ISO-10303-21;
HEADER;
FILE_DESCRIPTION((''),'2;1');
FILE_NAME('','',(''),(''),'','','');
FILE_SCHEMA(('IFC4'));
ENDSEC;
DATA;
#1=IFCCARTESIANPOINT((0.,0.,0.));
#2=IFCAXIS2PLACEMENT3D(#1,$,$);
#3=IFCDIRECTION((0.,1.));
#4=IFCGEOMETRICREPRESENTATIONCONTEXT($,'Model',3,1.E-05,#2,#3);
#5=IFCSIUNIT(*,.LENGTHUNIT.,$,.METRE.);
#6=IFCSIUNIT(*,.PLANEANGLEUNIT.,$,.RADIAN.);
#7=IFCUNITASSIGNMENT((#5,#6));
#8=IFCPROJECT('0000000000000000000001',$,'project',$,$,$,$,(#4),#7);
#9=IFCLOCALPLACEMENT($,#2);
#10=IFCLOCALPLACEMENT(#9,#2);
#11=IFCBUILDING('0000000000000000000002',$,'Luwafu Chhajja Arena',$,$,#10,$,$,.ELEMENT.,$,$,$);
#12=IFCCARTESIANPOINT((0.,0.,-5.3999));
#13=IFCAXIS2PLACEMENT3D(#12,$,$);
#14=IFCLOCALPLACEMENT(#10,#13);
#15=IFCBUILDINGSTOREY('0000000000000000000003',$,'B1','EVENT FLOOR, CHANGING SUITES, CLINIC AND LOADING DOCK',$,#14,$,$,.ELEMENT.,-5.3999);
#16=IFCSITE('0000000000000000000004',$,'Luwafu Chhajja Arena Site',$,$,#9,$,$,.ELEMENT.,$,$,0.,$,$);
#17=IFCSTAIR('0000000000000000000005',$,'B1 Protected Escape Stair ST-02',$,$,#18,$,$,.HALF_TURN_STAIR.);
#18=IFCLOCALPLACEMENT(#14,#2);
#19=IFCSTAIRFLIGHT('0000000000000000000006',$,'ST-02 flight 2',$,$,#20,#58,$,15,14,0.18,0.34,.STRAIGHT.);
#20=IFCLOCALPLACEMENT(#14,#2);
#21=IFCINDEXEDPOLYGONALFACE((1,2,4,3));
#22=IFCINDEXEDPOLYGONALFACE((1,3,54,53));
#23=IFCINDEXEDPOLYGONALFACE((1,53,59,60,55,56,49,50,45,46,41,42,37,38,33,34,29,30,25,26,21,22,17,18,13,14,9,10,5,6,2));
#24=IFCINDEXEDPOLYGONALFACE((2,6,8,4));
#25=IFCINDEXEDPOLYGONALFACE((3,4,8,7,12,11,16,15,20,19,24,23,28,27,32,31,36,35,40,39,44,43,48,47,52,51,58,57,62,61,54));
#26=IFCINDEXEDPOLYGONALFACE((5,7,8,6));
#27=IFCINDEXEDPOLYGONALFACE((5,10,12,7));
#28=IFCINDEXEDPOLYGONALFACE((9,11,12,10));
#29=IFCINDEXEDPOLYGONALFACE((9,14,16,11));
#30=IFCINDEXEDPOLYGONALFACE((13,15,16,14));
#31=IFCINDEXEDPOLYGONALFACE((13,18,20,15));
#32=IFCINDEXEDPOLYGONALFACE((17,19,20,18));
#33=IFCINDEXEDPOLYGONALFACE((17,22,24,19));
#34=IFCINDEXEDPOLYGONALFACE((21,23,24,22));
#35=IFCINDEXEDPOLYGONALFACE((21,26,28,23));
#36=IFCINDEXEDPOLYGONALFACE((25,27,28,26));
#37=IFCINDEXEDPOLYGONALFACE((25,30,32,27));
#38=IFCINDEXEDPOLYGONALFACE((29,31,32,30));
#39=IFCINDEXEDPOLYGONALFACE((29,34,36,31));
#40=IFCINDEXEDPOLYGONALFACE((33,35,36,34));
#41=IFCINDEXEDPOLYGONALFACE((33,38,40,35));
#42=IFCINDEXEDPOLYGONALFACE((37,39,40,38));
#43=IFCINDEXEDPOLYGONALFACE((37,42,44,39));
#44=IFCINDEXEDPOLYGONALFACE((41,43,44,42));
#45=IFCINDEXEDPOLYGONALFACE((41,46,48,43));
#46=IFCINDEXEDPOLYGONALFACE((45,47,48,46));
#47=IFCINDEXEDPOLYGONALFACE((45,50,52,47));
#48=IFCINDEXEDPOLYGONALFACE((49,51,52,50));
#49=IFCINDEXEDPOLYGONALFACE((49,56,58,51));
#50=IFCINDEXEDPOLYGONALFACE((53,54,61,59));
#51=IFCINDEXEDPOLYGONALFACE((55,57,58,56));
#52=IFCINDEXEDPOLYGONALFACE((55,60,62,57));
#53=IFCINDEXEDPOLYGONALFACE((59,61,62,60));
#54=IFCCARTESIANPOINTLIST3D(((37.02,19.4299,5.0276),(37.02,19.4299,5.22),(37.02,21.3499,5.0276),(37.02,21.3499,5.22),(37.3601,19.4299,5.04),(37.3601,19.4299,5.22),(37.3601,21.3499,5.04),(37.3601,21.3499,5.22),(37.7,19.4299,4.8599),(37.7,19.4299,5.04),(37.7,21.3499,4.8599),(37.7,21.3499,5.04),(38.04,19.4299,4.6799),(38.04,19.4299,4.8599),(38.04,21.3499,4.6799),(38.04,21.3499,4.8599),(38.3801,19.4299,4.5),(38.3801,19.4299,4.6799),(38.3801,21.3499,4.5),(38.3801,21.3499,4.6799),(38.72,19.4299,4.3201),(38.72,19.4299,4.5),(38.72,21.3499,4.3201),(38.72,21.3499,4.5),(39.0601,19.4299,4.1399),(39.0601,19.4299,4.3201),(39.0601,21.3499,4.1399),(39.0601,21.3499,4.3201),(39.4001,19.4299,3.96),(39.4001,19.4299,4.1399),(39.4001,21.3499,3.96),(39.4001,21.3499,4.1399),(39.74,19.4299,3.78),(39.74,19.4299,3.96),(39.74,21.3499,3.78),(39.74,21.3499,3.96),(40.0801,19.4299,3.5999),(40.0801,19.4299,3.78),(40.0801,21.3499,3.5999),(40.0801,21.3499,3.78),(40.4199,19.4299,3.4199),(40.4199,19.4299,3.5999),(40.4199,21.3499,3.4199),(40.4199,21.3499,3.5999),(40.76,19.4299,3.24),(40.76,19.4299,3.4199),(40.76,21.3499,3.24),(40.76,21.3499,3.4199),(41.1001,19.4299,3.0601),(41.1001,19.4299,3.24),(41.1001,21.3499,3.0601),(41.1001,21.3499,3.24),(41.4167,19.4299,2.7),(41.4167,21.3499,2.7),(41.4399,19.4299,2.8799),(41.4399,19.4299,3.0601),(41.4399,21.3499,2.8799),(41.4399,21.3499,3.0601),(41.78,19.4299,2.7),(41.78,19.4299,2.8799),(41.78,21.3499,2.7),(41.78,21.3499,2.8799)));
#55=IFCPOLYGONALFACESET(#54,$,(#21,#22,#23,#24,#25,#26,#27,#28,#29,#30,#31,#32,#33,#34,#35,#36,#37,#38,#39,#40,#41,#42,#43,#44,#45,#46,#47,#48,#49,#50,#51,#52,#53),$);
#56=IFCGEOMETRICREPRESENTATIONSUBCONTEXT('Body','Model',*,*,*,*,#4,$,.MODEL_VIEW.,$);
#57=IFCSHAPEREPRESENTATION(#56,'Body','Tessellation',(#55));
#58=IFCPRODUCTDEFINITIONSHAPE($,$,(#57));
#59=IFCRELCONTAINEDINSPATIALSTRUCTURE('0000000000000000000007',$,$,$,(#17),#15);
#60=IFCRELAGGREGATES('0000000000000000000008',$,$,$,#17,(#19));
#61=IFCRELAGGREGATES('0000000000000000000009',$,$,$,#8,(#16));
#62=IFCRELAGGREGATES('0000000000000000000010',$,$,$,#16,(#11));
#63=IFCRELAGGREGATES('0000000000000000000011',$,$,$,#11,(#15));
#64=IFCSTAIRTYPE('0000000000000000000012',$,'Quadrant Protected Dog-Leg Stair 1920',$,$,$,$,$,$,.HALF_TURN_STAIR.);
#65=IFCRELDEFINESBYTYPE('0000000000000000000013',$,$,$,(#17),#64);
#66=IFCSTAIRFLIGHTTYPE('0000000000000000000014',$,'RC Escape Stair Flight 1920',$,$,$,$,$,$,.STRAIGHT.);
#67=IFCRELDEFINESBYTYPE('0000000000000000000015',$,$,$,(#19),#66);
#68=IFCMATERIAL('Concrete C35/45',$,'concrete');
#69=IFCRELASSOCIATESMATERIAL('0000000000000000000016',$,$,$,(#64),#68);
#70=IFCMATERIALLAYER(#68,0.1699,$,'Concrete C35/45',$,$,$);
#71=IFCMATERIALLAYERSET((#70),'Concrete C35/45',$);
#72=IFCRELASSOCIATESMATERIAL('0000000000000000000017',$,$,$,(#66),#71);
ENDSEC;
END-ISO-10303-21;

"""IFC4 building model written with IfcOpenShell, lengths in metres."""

from ifc_helpers import new_model, si_unit, direction, frame, origin, place, context, subcontext, project, spatial, polyline, outline, extrude, material, layer, layer_set, type_object, element, aggregate, save


model = new_model("IFC4")

# Units and contexts
model_context = context("Model", 3, precision=1e-05, world=origin(), true_north=direction((0.0, 1.0)))
body_context = subcontext(model_context, "Body", "Model", "MODEL_VIEW")
ifc_project = project(units=[si_unit("LENGTHUNIT", "METRE"), si_unit("PLANEANGLEUNIT", "RADIAN")], contexts=[model_context])

# Site, building, storey
site_placement = place(None, origin())
site = spatial("IfcSite", under=ifc_project, at=site_placement, Name="Luwafu Chhajja Arena Site", CompositionType="ELEMENT", RefElevation=0.0)
building_placement = place(site_placement, origin())
building = spatial("IfcBuilding", under=site, at=building_placement, Name="Luwafu Chhajja Arena", CompositionType="ELEMENT")
storey_placement = place(building_placement, frame((0.0, 0.0, -5.3999)))
storey = spatial("IfcBuildingStorey", under=building, at=storey_placement, Name="B1", Description="EVENT FLOOR, CHANGING SUITES, CLINIC AND LOADING DOCK", CompositionType="ELEMENT", Elevation=-5.3999)

# Shared definitions
ifc_material_1 = material(Name="Concrete C35/45", Category="concrete")

# Stair, stair flight
stair_type = type_object("IfcStairType", Name="Quadrant Protected Dog-Leg Stair 1920", PredefinedType="HALF_TURN_STAIR", material=ifc_material_1)
ifc_layer_1 = layer(ifc_material_1, 0.1699, Name="Concrete C35/45")
ifc_layer_set_1 = layer_set([ifc_layer_1], Name="Concrete C35/45")
stair_flight_type = type_object("IfcStairFlightType", Name="RC Escape Stair Flight 1920", PredefinedType="STRAIGHT", material=ifc_layer_set_1)
stair_1_placement = place(storey_placement, origin())
stair_1 = element("IfcStair", 1, at=stair_1_placement, inside=storey, type_object=stair_type, Name="B1 Protected Escape Stair ST-02", PredefinedType="HALF_TURN_STAIR")
stair_flight_1_placement = place(storey_placement, frame((41.78, 20.3899, 2.7), z_axis=(0.0, 0.0, 1.0), x_axis=(-1.0, 0.0, 0.0)))
stair_flight_1 = element("IfcStairFlight", 2, at=stair_flight_1_placement, type_object=stair_flight_type, Name="ST-02 flight 2", NumberOfRisers=15, NumberOfTreads=14, PredefinedType="STRAIGHT", RiserHeight=0.18, TreadLength=0.34, context=body_context, shape_type="SweptSolid", body=[
    extrude(outline(polyline([(0.0, 0.0), (0.0, 0.1799), (0.3401, 0.1799), (0.3401, 0.3601), (0.6799, 0.3601), (0.6799, 0.54), (1.02, 0.54), (1.02, 0.72), (1.3601, 0.72), (1.3601, 0.8999), (1.7, 0.8999), (1.7, 1.0801), (2.04, 1.0801), (2.04, 1.26), (2.3799, 1.26), (2.3799, 1.4399), (2.72, 1.4399), (2.72, 1.6201), (3.0601, 1.6201), (3.0601, 1.8), (3.3999, 1.8), (3.3999, 1.98), (3.74, 1.98), (3.74, 2.1599), (4.0801, 2.1599), (4.0801, 2.3401), (4.4199, 2.3401), (4.4199, 2.52), (4.76, 2.52), (4.76, 2.7), (4.76, 2.3276), (0.3633, 0.0), (0.0, 0.0)])), frame((0.0, 0.96, 0.0), z_axis=(0.0, -1.0, 0.0), x_axis=(1.0, 0.0, 0.0)), (0.0, 0.0, 1.0), 1.9199),
])
aggregate(stair_1, [stair_flight_1])

save(model, "model.ifc")
